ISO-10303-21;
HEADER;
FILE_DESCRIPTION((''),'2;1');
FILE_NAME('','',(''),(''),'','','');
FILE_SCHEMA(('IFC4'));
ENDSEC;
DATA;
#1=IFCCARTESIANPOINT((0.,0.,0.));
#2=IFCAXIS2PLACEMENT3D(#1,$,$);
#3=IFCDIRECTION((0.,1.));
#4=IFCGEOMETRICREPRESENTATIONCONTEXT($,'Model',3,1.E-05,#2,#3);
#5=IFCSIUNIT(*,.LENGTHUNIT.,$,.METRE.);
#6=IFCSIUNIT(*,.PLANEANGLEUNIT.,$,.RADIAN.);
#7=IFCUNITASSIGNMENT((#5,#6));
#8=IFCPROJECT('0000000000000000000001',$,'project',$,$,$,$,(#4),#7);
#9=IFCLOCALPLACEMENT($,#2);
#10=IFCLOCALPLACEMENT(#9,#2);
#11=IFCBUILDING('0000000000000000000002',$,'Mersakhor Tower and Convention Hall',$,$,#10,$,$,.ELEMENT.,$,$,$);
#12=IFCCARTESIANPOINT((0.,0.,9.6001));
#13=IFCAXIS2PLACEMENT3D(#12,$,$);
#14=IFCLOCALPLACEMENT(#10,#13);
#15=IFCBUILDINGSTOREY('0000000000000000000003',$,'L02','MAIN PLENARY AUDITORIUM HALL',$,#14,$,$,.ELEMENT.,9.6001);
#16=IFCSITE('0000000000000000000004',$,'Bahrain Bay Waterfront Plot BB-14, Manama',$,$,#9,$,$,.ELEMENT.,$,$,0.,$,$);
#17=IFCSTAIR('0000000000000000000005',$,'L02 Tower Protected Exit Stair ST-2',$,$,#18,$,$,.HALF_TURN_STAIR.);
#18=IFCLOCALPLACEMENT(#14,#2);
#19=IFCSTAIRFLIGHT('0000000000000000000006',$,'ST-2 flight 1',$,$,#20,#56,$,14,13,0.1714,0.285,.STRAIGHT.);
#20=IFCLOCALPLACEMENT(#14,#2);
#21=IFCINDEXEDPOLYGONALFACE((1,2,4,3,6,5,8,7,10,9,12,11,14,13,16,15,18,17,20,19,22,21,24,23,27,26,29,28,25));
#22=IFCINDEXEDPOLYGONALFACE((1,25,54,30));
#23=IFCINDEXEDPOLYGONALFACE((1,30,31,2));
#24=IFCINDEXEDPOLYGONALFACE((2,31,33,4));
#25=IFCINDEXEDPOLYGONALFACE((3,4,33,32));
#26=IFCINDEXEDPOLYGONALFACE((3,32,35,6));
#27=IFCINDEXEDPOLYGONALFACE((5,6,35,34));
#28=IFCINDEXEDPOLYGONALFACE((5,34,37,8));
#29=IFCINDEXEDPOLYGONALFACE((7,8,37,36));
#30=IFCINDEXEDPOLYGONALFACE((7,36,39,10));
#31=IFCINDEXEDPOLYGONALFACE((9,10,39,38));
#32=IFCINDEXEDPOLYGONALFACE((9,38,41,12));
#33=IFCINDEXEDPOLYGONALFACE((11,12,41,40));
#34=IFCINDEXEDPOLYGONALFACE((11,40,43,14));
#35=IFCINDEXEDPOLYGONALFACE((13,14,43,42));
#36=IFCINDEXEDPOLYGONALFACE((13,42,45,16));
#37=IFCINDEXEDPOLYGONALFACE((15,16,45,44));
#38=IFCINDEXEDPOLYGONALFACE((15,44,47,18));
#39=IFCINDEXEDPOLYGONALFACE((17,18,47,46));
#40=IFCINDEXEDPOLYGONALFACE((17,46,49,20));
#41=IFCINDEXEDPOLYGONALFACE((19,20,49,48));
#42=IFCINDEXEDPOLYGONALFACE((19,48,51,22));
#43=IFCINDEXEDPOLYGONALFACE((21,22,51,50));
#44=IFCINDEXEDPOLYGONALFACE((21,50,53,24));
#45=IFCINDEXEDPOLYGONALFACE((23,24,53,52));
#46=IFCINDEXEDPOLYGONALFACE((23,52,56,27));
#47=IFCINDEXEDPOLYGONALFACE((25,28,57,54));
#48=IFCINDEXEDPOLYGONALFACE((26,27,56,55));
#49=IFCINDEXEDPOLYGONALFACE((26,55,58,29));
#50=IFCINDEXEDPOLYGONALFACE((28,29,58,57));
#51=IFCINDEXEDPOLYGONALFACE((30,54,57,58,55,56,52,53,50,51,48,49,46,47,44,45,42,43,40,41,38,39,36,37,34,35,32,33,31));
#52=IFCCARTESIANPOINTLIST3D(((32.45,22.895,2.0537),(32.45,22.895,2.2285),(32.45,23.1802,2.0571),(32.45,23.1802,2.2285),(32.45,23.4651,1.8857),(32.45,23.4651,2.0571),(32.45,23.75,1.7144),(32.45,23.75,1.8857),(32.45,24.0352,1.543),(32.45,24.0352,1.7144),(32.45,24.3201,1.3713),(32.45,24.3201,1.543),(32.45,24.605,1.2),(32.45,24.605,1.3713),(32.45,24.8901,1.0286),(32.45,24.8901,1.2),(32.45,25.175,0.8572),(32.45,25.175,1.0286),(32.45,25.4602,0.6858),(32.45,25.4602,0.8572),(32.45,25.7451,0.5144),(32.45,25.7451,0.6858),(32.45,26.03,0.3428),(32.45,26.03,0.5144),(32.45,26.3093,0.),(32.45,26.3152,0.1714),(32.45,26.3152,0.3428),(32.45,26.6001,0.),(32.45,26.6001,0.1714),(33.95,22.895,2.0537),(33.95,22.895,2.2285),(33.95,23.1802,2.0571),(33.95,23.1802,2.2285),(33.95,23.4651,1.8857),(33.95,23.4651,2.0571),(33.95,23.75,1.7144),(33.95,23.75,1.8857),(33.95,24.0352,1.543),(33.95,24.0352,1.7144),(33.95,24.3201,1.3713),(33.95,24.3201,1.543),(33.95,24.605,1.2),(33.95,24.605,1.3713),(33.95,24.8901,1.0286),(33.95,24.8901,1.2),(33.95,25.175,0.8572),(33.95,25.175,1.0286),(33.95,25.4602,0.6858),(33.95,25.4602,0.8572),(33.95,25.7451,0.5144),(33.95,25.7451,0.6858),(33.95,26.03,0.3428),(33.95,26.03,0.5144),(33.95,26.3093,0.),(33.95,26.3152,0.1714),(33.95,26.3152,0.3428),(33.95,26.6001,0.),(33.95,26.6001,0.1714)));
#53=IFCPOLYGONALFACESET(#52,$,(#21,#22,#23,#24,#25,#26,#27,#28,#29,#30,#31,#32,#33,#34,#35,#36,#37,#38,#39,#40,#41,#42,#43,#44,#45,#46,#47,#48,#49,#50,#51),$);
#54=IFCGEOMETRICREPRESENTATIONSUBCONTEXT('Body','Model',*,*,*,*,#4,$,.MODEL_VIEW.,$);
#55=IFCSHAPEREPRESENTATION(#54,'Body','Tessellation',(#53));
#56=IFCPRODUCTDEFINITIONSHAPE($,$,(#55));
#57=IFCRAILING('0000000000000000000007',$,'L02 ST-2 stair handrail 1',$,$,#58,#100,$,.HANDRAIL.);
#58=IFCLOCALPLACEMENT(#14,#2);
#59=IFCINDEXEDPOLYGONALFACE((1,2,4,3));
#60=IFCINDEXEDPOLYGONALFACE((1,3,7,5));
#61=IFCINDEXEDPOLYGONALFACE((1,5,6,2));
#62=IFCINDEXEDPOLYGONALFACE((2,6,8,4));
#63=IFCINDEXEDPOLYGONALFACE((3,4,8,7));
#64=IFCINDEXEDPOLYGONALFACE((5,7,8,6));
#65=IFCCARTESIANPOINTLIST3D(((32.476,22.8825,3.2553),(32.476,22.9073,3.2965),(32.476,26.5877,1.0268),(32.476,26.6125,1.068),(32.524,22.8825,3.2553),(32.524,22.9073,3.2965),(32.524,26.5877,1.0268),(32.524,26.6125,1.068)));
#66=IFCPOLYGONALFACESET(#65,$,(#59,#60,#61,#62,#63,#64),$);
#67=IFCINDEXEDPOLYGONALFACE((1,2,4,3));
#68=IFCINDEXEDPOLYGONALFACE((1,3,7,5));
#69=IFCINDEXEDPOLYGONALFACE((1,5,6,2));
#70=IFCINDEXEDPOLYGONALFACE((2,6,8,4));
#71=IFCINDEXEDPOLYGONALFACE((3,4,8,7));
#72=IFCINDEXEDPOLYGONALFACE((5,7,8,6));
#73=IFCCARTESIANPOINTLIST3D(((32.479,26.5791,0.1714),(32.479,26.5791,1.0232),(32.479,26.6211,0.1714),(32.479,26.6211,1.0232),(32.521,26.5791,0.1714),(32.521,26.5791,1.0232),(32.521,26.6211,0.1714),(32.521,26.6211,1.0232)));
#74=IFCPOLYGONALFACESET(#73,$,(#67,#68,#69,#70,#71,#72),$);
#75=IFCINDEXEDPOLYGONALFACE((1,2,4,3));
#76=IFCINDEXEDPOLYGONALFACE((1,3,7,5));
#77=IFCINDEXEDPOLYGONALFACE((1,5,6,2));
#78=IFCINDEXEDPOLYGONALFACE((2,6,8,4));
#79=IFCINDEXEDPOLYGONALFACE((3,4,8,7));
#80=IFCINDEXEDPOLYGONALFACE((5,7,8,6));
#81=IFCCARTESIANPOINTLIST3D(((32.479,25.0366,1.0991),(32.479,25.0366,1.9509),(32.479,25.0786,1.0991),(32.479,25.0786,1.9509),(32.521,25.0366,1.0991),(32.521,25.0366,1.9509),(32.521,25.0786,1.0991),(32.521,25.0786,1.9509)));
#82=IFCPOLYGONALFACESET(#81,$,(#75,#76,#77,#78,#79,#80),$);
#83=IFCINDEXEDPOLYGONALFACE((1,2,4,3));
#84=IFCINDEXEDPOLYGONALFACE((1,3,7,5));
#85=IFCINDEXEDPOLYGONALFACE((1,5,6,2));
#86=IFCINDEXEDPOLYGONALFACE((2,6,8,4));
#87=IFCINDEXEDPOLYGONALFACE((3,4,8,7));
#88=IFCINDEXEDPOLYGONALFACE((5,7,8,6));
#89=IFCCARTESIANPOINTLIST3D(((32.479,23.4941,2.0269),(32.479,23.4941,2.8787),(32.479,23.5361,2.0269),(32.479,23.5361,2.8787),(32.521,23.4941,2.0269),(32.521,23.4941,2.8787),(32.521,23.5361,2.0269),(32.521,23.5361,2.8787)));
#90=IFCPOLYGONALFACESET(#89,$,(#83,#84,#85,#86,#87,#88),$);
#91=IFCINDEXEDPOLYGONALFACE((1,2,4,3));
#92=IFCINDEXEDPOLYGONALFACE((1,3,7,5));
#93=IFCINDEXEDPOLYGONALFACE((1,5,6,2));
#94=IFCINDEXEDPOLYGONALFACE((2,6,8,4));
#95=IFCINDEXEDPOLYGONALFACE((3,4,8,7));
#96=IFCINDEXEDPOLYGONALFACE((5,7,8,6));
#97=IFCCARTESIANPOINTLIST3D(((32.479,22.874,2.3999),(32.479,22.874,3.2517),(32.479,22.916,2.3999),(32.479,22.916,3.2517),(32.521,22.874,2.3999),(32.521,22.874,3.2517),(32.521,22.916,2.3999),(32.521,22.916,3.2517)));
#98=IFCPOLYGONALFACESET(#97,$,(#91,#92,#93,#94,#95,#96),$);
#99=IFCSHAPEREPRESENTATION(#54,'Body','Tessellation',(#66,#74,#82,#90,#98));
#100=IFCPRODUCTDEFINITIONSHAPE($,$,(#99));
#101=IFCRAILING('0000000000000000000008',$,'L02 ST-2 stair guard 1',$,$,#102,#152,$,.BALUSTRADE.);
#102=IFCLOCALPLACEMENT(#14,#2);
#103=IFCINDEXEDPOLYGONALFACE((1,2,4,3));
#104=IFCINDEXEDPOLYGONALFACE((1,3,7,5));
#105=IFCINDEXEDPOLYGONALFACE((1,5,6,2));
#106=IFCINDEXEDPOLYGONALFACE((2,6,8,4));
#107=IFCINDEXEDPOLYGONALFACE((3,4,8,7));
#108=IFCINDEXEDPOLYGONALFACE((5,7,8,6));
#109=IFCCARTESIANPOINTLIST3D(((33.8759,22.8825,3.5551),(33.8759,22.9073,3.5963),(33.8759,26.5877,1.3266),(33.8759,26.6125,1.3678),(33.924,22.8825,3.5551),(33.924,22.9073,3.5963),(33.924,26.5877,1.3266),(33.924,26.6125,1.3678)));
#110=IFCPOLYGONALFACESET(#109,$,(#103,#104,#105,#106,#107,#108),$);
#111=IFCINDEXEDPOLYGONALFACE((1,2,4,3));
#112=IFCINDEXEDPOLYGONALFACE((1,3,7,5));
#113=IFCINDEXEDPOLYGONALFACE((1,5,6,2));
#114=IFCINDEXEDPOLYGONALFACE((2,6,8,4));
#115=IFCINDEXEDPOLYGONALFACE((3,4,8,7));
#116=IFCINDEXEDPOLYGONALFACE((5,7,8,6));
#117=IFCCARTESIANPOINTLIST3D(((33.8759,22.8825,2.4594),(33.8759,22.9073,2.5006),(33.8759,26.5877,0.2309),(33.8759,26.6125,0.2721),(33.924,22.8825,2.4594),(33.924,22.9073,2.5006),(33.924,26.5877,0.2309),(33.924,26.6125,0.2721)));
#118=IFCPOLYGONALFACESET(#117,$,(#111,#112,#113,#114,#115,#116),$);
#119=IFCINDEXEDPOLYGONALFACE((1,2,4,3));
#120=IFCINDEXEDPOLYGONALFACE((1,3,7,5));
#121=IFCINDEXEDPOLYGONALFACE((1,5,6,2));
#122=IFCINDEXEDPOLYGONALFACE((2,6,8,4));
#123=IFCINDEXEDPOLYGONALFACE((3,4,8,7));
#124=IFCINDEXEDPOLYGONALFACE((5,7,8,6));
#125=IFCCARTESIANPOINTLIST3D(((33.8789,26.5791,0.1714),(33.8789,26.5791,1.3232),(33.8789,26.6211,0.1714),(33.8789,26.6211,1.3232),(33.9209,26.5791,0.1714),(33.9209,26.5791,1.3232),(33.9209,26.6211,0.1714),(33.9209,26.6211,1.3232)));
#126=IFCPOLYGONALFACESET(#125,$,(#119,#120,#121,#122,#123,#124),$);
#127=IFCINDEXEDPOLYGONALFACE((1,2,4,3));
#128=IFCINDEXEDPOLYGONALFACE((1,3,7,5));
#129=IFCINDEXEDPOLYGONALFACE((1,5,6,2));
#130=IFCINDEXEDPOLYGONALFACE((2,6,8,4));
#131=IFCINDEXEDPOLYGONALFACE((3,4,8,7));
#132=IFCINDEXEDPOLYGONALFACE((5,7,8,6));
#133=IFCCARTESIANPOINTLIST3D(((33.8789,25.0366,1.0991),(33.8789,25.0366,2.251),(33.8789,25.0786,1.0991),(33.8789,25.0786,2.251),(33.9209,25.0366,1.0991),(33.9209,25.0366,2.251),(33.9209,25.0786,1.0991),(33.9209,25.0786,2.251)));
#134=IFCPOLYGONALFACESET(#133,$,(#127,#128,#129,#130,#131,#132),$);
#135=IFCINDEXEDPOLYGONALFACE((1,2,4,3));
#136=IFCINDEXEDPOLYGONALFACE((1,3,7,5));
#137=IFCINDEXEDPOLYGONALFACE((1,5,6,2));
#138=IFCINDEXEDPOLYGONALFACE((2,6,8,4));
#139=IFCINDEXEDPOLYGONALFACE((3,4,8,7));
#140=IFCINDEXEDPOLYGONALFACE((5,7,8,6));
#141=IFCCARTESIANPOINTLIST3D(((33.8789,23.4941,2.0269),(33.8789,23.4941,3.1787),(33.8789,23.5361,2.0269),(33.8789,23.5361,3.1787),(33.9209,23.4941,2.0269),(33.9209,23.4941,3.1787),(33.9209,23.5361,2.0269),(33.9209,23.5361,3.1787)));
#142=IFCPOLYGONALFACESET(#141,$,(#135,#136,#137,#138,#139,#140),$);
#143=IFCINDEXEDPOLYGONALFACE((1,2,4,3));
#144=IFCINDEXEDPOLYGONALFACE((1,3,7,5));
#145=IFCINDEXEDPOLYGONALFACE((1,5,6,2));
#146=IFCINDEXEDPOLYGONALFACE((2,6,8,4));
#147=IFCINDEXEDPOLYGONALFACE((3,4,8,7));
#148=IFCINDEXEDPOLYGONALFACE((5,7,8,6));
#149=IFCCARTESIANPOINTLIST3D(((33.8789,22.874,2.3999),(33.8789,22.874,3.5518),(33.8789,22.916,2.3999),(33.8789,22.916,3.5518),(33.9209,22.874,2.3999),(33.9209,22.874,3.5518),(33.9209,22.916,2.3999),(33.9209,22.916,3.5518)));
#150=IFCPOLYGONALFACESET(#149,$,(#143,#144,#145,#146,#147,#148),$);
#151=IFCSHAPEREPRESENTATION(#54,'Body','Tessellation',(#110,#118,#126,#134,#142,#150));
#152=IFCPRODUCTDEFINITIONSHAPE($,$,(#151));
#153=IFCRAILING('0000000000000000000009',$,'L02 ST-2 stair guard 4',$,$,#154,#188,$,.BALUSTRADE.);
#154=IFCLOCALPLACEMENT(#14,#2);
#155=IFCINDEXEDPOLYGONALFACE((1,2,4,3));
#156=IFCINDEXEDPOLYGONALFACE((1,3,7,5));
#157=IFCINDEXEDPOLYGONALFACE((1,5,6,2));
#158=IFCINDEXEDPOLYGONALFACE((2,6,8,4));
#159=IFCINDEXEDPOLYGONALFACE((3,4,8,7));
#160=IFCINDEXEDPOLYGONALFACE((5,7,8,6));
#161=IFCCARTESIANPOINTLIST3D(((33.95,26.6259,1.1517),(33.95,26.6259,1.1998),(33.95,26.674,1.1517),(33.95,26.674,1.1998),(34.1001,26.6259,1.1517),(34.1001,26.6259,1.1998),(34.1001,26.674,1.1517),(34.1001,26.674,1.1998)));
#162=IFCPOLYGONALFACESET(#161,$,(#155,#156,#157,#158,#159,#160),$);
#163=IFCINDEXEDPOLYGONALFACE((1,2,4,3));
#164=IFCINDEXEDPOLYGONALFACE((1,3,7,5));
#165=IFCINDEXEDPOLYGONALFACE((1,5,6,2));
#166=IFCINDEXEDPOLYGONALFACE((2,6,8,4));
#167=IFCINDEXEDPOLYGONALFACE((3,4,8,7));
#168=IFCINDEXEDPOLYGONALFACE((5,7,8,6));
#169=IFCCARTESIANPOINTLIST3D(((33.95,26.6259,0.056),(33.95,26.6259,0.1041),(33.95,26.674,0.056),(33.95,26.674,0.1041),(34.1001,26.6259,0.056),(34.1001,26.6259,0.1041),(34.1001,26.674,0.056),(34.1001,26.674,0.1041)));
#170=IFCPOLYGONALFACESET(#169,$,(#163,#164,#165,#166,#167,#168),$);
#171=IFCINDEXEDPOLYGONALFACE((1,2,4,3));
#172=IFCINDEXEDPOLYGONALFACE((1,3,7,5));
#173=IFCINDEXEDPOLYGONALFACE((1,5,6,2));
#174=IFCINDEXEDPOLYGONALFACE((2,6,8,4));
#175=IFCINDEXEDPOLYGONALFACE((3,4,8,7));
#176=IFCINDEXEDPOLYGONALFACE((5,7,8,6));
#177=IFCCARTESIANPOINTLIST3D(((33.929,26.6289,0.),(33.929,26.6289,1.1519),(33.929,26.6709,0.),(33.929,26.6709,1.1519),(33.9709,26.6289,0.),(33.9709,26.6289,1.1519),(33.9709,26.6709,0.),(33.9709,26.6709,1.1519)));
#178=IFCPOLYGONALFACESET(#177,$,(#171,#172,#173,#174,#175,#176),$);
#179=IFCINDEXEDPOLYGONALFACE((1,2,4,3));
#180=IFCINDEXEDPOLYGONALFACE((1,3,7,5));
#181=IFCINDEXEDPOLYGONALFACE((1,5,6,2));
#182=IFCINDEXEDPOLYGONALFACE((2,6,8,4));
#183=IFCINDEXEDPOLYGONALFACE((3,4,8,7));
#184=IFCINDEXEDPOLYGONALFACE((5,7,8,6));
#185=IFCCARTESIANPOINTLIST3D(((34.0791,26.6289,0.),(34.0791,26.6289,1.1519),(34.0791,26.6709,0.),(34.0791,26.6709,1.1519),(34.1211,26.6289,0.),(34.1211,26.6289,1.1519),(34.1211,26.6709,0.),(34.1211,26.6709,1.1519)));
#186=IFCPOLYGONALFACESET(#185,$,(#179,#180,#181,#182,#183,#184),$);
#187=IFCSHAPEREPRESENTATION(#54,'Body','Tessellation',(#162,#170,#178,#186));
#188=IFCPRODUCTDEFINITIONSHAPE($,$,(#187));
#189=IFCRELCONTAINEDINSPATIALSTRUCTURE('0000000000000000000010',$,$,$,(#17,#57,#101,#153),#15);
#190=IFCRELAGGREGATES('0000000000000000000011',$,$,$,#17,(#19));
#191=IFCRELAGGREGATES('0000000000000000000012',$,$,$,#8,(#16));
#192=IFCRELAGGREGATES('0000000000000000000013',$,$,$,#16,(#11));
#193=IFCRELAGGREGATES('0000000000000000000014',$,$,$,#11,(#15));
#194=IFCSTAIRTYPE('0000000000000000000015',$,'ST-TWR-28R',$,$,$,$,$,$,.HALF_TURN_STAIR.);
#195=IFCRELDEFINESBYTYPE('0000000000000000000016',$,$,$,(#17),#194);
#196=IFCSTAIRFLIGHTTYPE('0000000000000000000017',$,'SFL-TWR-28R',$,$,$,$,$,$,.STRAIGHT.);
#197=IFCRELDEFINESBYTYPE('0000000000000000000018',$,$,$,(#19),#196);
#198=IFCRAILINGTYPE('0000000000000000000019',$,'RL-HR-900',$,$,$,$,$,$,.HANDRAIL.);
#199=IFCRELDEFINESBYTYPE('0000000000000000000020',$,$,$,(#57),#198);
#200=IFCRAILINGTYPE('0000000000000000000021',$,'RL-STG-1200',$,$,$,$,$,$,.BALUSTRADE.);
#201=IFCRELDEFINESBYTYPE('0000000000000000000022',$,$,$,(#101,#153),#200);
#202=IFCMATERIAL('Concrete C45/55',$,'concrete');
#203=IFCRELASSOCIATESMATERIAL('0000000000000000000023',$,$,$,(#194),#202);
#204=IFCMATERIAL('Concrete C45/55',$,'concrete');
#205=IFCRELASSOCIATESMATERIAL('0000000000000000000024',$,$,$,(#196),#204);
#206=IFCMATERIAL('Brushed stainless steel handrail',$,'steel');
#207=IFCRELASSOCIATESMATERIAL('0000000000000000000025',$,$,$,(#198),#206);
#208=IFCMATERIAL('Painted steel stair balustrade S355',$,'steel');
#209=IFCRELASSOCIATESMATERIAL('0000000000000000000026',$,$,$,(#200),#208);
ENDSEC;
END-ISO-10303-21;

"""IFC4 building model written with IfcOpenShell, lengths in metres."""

from ifc_helpers import new_model, si_unit, direction, frame, origin, origin_2d, place, context, subcontext, project, spatial, polyline, rectangle, outline, extrude, material, type_object, element, aggregate, save


model = new_model("IFC4")

# Units and contexts
model_context = context("Model", 3, precision=1e-05, world=origin(), true_north=direction((0.0, 1.0)))
body_context = subcontext(model_context, "Body", "Model", "MODEL_VIEW")
ifc_project = project(units=[si_unit("LENGTHUNIT", "METRE"), si_unit("PLANEANGLEUNIT", "RADIAN")], contexts=[model_context])

# Site, building, storey
site_placement = place(None, origin())
site = spatial("IfcSite", under=ifc_project, at=site_placement, Name="Bahrain Bay Waterfront Plot BB-14, Manama", CompositionType="ELEMENT", RefElevation=0.0)
building_placement = place(site_placement, origin())
building = spatial("IfcBuilding", under=site, at=building_placement, Name="Mersakhor Tower and Convention Hall", CompositionType="ELEMENT")
storey_placement = place(building_placement, frame((0.0, 0.0, 9.6001)))
storey = spatial("IfcBuildingStorey", under=building, at=storey_placement, Name="L02", Description="MAIN PLENARY AUDITORIUM HALL", CompositionType="ELEMENT", Elevation=9.6001)

# Stair, stair flight
ifc_material_1 = material(Name="Concrete C45/55", Category="concrete")
stair_type = type_object("IfcStairType", Name="ST-TWR-28R", PredefinedType="HALF_TURN_STAIR", material=ifc_material_1)
stair_placement = place(storey_placement, origin())
stair = element("IfcStair", 1, at=stair_placement, inside=storey, type_object=stair_type, Name="L02 Tower Protected Exit Stair ST-2", PredefinedType="HALF_TURN_STAIR")
ifc_material_2 = material(Name="Concrete C45/55", Category="concrete")
stair_flight_type = type_object("IfcStairFlightType", Name="SFL-TWR-28R", PredefinedType="STRAIGHT", material=ifc_material_2)
stair_flight_placement = place(storey_placement, frame((33.2, 26.6001, 0.0), z_axis=(0.0, 0.0, 1.0), x_axis=(0.0, -1.0, 0.0)))
stair_flight = element("IfcStairFlight", 2, at=stair_flight_placement, type_object=stair_flight_type, Name="ST-2 flight 1", NumberOfRisers=14, NumberOfTreads=13, PredefinedType="STRAIGHT", RiserHeight=0.1714, TreadLength=0.285, context=body_context, shape_type="SweptSolid", body=[
    extrude(outline(polyline([(0.0, 0.0), (0.0, 0.1714), (0.2849, 0.1714), (0.2849, 0.3428), (0.5701, 0.3428), (0.5701, 0.5144), (0.855, 0.5144), (0.855, 0.6858), (1.1399, 0.6858), (1.1399, 0.8572), (1.425, 0.8572), (1.425, 1.0286), (1.71, 1.0286), (1.71, 1.2), (1.9951, 1.2), (1.9951, 1.3713), (2.28, 1.3713), (2.28, 1.543), (2.5649, 1.543), (2.5649, 1.7144), (2.8501, 1.7144), (2.8501, 1.8857), (3.135, 1.8857), (3.135, 2.0571), (3.4199, 2.0571), (3.4199, 2.2285), (3.7051, 2.2285), (3.7051, 2.3999), (3.7051, 2.0537), (0.2908, 0.0), (0.0, 0.0)])), frame((0.0, 0.75, 0.0), z_axis=(0.0, -1.0, 0.0), x_axis=(1.0, 0.0, 0.0)), (0.0, 0.0, 1.0), 1.5),
])
aggregate(stair, [stair_flight])

# Railings
ifc_material_3 = material(Name="Brushed stainless steel handrail", Category="steel")
railing_type_1 = type_object("IfcRailingType", Name="RL-HR-900", PredefinedType="HANDRAIL", material=ifc_material_3)
railing_1_placement = place(storey_placement, frame((32.5, 26.6001, 0.1714)))
element("IfcRailing", 3, at=railing_1_placement, inside=storey, type_object=railing_type_1, Name="L02 ST-2 stair handrail 1", PredefinedType="HANDRAIL", context=body_context, shape_type="SweptSolid", body=[
    extrude(rectangle(XDim=0.0481, YDim=0.0481, at=origin_2d()), frame((0.0, 0.0, 0.876), z_axis=(0.0, -0.856934, 0.515425), x_axis=(1.0, 0.0, 0.0)), (0.0, 0.0, 1.0), 4.3237),
    extrude(rectangle(XDim=0.042, YDim=0.042, at=origin_2d()), origin(), (0.0, 0.0, 1.0), 0.8518),
    extrude(rectangle(XDim=0.042, YDim=0.042, at=origin_2d()), frame((0.0, -1.5425, 0.9277)), (0.0, 0.0, 1.0), 0.8518),
    extrude(rectangle(XDim=0.042, YDim=0.042, at=origin_2d()), frame((0.0, -3.085, 1.8555)), (0.0, 0.0, 1.0), 0.8518),
    extrude(rectangle(XDim=0.042, YDim=0.042, at=origin_2d()), frame((0.0, -3.7051, 2.2285)), (0.0, 0.0, 1.0), 0.8518),
])
ifc_material_4 = material(Name="Painted steel stair balustrade S355", Category="steel")
railing_type_2 = type_object("IfcRailingType", Name="RL-STG-1200", PredefinedType="BALUSTRADE", material=ifc_material_4)
railing_2_placement = place(storey_placement, frame((33.8999, 26.6001, 0.1714)))
element("IfcRailing", 4, at=railing_2_placement, inside=storey, type_object=railing_type_2, Name="L02 ST-2 stair guard 1", PredefinedType="BALUSTRADE", context=body_context, shape_type="SweptSolid", body=[
    extrude(rectangle(XDim=0.0481, YDim=0.0481, at=origin_2d()), frame((0.0, 0.0, 1.1758), z_axis=(0.0, -0.856934, 0.515425), x_axis=(1.0, 0.0, 0.0)), (0.0, 0.0, 1.0), 4.3237),
    extrude(rectangle(XDim=0.0481, YDim=0.0481, at=origin_2d()), frame((0.0, 0.0, 0.0801), z_axis=(0.0, -0.856934, 0.515425), x_axis=(1.0, 0.0, 0.0)), (0.0, 0.0, 1.0), 4.3237),
    extrude(rectangle(XDim=0.042, YDim=0.042, at=origin_2d()), origin(), (0.0, 0.0, 1.0), 1.1519),
    extrude(rectangle(XDim=0.042, YDim=0.042, at=origin_2d()), frame((0.0, -1.5425, 0.9277)), (0.0, 0.0, 1.0), 1.1519),
    extrude(rectangle(XDim=0.042, YDim=0.042, at=origin_2d()), frame((0.0, -3.085, 1.8555)), (0.0, 0.0, 1.0), 1.1519),
    extrude(rectangle(XDim=0.042, YDim=0.042, at=origin_2d()), frame((0.0, -3.7051, 2.2285)), (0.0, 0.0, 1.0), 1.1519),
])
railing_3_placement = place(storey_placement, frame((33.95, 26.6499, 0.0)))
element("IfcRailing", 5, at=railing_3_placement, inside=storey, type_object=railing_type_2, Name="L02 ST-2 stair guard 4", PredefinedType="BALUSTRADE", context=body_context, shape_type="SweptSolid", body=[
    extrude(rectangle(XDim=0.0481, YDim=0.0481, at=origin_2d()), frame((0.0, 0.0, 1.1758), z_axis=(1.0, 0.0, 0.0), x_axis=(0.0, 1.0, 0.0)), (0.0, 0.0, 1.0), 0.1501),
    extrude(rectangle(XDim=0.0481, YDim=0.0481, at=origin_2d()), frame((0.0, 0.0, 0.0801), z_axis=(1.0, 0.0, 0.0), x_axis=(0.0, 1.0, 0.0)), (0.0, 0.0, 1.0), 0.1501),
    extrude(rectangle(XDim=0.042, YDim=0.042, at=origin_2d()), origin(), (0.0, 0.0, 1.0), 1.1519),
    extrude(rectangle(XDim=0.042, YDim=0.042, at=origin_2d()), frame((0.1501, 0.0, 0.0)), (0.0, 0.0, 1.0), 1.1519),
])

save(model, "model.ifc")
